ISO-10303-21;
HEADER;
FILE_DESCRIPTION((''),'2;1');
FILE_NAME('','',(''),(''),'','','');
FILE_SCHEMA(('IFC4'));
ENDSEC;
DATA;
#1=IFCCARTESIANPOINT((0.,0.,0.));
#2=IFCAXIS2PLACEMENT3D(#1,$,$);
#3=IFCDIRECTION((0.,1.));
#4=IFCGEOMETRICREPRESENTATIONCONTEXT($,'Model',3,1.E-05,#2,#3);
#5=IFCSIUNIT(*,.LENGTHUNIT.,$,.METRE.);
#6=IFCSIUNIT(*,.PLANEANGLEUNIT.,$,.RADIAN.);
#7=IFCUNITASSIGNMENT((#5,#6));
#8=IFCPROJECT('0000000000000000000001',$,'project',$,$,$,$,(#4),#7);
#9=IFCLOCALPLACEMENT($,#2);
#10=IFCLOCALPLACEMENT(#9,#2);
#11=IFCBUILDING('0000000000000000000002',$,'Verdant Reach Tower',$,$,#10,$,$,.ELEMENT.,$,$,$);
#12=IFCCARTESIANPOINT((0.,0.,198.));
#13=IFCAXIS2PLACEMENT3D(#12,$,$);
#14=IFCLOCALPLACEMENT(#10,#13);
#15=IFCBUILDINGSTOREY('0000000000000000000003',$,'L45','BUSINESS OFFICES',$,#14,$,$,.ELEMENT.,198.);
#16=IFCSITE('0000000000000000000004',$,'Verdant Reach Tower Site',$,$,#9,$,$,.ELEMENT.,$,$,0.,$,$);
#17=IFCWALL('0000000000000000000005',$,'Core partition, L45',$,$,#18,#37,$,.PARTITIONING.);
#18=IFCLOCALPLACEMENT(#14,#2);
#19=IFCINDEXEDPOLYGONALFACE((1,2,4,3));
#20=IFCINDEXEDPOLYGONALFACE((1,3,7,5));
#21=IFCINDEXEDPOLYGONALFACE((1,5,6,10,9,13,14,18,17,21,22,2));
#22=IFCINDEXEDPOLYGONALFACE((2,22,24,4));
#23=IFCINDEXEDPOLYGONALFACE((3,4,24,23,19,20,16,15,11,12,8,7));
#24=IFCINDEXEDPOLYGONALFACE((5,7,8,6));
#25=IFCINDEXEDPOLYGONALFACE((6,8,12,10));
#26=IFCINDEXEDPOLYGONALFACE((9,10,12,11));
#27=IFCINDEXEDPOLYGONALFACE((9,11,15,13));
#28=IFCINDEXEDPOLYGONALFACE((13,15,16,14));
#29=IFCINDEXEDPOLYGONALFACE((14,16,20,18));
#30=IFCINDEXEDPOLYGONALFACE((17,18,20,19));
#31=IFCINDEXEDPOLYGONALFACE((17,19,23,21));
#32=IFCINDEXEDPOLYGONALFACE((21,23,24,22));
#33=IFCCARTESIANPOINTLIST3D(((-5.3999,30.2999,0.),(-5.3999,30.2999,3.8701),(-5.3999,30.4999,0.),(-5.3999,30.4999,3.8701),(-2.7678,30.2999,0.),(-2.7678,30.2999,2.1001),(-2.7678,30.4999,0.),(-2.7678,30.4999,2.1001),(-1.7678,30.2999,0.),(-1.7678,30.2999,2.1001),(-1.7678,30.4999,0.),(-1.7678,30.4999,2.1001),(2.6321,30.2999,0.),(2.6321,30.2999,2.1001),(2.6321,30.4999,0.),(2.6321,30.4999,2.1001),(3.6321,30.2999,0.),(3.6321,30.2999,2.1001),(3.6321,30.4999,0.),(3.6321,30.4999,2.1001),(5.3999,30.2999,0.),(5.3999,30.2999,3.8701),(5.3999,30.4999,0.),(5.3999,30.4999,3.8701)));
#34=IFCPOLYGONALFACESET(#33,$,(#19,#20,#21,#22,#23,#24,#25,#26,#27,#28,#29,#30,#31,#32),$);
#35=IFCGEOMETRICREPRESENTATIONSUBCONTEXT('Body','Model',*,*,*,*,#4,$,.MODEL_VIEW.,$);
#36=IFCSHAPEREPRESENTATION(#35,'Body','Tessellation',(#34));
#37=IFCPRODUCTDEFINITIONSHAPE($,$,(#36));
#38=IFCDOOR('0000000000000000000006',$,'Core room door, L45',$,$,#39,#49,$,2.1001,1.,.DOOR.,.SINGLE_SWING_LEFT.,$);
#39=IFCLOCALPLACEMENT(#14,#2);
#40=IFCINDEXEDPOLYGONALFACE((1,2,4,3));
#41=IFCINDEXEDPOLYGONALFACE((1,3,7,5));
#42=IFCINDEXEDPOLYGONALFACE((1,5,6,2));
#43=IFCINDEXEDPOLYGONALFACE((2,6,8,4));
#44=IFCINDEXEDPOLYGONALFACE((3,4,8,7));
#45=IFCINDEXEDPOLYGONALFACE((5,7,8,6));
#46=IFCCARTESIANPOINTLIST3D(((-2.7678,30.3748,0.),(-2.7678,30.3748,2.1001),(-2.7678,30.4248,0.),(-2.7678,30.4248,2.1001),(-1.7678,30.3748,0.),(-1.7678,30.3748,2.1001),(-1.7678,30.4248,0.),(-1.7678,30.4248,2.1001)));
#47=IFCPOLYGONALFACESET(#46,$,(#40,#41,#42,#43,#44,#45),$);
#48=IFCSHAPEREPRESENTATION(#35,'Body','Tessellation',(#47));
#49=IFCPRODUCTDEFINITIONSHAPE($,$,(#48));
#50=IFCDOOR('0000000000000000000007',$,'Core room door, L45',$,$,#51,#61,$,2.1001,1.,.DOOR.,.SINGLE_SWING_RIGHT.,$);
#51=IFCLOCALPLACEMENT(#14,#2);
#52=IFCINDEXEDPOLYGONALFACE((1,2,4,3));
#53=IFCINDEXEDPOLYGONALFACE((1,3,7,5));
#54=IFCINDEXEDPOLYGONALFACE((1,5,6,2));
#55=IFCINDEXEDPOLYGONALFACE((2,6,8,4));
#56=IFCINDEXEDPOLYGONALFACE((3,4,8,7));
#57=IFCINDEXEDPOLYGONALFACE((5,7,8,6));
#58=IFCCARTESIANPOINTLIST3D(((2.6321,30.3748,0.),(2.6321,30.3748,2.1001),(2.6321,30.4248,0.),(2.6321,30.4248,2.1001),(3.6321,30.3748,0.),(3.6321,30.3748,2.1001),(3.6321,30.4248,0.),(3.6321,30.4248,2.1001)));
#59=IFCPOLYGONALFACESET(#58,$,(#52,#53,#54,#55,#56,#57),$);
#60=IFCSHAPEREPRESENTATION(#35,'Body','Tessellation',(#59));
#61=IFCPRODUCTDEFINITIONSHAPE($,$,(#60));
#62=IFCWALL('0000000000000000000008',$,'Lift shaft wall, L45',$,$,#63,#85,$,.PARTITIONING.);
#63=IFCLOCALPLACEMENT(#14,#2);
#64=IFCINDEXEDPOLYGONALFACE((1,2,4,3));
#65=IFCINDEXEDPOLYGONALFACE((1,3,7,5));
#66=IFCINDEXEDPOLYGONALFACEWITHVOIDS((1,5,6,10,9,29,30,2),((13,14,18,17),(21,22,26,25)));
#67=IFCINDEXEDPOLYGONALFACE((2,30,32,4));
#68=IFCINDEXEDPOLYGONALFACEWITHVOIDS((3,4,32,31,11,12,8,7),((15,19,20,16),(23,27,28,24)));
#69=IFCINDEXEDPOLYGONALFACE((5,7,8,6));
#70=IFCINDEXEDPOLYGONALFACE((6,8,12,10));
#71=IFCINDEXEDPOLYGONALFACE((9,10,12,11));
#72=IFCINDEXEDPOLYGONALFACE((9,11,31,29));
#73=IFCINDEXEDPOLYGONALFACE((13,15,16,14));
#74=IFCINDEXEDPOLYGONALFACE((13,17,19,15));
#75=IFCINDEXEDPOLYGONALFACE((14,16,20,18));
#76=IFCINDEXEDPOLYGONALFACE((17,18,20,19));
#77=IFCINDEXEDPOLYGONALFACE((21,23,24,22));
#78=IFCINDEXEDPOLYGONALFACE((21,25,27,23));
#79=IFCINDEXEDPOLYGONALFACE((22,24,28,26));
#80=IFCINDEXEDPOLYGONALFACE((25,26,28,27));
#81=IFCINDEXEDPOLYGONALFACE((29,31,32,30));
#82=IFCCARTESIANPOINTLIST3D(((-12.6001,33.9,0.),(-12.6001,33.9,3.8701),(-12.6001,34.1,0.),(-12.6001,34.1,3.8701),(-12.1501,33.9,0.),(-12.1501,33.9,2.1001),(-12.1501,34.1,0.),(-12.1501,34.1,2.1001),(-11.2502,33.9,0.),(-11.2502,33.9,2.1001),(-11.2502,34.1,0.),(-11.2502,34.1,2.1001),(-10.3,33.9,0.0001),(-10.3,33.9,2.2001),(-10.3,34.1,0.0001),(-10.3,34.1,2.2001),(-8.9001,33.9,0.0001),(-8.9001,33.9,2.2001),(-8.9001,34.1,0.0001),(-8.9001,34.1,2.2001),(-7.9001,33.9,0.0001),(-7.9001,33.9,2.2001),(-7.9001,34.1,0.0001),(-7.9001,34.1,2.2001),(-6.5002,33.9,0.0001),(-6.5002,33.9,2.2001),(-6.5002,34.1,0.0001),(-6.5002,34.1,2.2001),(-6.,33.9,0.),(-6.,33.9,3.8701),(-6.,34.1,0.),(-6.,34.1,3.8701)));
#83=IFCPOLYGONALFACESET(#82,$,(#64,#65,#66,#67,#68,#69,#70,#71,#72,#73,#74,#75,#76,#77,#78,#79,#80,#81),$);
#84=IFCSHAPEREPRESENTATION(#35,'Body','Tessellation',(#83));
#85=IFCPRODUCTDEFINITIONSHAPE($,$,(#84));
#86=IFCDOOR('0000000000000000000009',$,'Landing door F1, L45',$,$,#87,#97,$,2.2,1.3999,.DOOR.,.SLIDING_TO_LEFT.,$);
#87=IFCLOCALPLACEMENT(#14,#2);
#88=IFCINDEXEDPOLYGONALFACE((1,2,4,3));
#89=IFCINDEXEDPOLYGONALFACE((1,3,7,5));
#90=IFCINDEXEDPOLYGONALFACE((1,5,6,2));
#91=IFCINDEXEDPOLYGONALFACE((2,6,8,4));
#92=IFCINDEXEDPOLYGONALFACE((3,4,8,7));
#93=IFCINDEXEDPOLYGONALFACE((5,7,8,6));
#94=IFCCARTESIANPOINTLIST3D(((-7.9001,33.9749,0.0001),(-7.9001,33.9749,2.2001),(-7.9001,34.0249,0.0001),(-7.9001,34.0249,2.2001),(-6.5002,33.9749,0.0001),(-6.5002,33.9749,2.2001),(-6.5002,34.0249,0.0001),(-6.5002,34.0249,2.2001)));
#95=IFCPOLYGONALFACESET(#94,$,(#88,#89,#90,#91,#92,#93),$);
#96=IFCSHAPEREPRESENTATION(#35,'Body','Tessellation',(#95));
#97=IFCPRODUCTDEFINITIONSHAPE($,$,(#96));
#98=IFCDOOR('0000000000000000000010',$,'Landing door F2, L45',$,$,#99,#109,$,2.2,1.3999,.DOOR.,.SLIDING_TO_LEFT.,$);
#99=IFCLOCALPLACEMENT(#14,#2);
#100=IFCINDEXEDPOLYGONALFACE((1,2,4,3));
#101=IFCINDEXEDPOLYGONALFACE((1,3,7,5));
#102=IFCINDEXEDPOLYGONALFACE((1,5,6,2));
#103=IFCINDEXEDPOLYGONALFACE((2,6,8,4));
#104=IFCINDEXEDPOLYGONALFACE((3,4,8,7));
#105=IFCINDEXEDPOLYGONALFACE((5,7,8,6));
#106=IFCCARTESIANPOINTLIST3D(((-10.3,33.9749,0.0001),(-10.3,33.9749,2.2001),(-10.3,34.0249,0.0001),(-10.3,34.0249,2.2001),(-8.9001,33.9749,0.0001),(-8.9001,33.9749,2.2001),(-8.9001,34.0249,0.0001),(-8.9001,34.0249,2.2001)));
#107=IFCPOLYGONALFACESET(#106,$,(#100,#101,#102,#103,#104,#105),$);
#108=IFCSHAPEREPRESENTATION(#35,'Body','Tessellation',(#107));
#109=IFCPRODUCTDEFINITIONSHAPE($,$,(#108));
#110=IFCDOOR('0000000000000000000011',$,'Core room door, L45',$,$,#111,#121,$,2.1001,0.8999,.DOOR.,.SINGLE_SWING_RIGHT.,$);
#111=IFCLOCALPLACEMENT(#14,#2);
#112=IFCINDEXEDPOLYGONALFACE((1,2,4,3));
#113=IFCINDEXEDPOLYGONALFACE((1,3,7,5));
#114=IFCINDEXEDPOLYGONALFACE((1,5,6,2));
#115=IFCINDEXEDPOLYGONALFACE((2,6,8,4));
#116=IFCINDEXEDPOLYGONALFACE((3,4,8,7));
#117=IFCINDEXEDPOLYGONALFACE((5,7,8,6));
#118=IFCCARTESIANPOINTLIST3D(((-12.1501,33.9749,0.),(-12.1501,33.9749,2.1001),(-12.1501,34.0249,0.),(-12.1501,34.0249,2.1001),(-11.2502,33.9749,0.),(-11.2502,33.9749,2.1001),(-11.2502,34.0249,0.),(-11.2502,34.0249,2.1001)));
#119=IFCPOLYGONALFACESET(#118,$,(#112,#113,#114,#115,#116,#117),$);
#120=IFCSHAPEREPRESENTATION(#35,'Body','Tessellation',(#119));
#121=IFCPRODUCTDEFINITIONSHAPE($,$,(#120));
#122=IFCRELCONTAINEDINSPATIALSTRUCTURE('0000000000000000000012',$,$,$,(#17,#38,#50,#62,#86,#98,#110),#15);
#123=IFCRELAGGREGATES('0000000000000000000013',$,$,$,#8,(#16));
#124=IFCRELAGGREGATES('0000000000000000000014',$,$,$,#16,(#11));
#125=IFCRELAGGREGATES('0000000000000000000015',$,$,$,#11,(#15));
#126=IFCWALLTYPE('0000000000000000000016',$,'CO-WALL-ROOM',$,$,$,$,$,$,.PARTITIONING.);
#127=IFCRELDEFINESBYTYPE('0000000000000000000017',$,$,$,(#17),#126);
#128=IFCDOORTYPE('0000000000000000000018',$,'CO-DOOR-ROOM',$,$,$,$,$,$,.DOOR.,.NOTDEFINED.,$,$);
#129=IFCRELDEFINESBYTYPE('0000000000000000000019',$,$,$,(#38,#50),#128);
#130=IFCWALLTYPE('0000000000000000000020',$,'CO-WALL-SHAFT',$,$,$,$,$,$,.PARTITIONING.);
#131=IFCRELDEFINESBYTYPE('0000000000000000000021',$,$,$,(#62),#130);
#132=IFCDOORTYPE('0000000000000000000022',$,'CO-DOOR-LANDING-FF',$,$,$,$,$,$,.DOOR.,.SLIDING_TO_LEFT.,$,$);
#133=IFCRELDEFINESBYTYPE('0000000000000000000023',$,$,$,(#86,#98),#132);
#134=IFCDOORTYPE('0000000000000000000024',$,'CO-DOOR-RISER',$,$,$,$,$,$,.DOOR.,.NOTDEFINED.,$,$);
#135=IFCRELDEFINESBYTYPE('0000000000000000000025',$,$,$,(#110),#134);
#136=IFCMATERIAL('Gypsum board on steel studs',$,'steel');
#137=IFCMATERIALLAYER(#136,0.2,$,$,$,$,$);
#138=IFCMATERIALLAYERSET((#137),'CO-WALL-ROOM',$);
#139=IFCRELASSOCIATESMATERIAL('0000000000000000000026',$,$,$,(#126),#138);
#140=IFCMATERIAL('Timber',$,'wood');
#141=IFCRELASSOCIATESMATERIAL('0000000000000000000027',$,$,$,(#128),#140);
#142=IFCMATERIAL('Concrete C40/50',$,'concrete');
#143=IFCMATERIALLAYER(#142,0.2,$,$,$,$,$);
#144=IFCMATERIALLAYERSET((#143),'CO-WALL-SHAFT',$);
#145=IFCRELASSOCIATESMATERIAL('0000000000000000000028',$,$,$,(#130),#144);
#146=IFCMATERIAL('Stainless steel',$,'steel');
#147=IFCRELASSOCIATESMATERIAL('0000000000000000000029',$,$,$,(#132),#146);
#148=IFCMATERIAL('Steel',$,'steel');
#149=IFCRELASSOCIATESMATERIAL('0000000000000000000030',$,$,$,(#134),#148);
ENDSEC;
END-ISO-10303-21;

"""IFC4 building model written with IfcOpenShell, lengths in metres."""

from ifc_helpers import new_model, si_unit, direction, frame, frame_2d, origin, place, context, subcontext, project, spatial, rectangle, extrude, material, layer, layer_set, type_object, element, fill, save


model = new_model("IFC4")

# Units and contexts
model_context = context("Model", 3, precision=1e-05, world=origin(), true_north=direction((0.0, 1.0)))
body_context = subcontext(model_context, "Body", "Model", "MODEL_VIEW")
ifc_project = project(units=[si_unit("LENGTHUNIT", "METRE"), si_unit("PLANEANGLEUNIT", "RADIAN")], contexts=[model_context])

# Site, building, storey
site_placement = place(None, origin())
site = spatial("IfcSite", under=ifc_project, at=site_placement, Name="Verdant Reach Tower Site", CompositionType="ELEMENT", RefElevation=0.0)
building_placement = place(site_placement, origin())
building = spatial("IfcBuilding", under=site, at=building_placement, Name="Verdant Reach Tower", CompositionType="ELEMENT")
storey_placement = place(building_placement, frame((0.0, 0.0, 198.0)))
storey = spatial("IfcBuildingStorey", under=building, at=storey_placement, Name="L45", Description="BUSINESS OFFICES", CompositionType="ELEMENT", Elevation=198.0)

# Walls, openings, doors
ifc_material_1 = material(Name="Gypsum board on steel studs", Category="steel")
ifc_layer_1 = layer(ifc_material_1, 0.2)
ifc_layer_set_1 = layer_set([ifc_layer_1], Name="CO-WALL-ROOM")
wall_type_1 = type_object("IfcWallType", Name="CO-WALL-ROOM", PredefinedType="PARTITIONING", material=ifc_layer_set_1)
wall_1_placement = place(storey_placement, frame((-5.3999, 30.3999, 0.0), z_axis=(0.0, 0.0, 1.0), x_axis=(1.0, 0.0, 0.0)))
wall_1 = element("IfcWall", 1, at=wall_1_placement, inside=storey, type_object=wall_type_1, Name="Core partition, L45", PredefinedType="PARTITIONING", context=body_context, shape_type="SweptSolid", body=[
    extrude(rectangle(XDim=10.7998, YDim=0.2, at=frame_2d((5.3999, 0.0))), origin(), (0.0, 0.0, 1.0), 3.8701),
])
opening_1_placement = place(wall_1_placement, frame((2.6321, 0.0, 0.0)))
opening_1 = element("IfcOpeningElement", 2, at=opening_1_placement, cuts=wall_1, PredefinedType="OPENING", context=body_context, shape_type="SweptSolid", body=[
    extrude(rectangle(XDim=1.0, YDim=2.1001, at=frame_2d((0.5, 1.05))), frame((0.0, 0.1099, 0.0), z_axis=(0.0, -1.0, 0.0), x_axis=(1.0, 0.0, 0.0)), (0.0, 0.0, 1.0), 0.22),
])
opening_2_placement = place(wall_1_placement, frame((8.032, 0.0, 0.0)))
opening_2 = element("IfcOpeningElement", 3, at=opening_2_placement, cuts=wall_1, PredefinedType="OPENING", context=body_context, shape_type="SweptSolid", body=[
    extrude(rectangle(XDim=1.0, YDim=2.1001, at=frame_2d((0.5, 1.05))), frame((0.0, 0.1099, 0.0), z_axis=(0.0, -1.0, 0.0), x_axis=(1.0, 0.0, 0.0)), (0.0, 0.0, 1.0), 0.22),
])
ifc_material_2 = material(Name="Timber", Category="wood")
door_type_1 = type_object("IfcDoorType", Name="CO-DOOR-ROOM", OperationType="NOTDEFINED", PredefinedType="DOOR", material=ifc_material_2)
door_1_placement = place(opening_1_placement, origin())
door_1 = element("IfcDoor", 4, at=door_1_placement, inside=storey, type_object=door_type_1, Name="Core room door, L45", OperationType="SINGLE_SWING_LEFT", OverallHeight=2.1001, OverallWidth=1.0, PredefinedType="DOOR", context=body_context, shape_type="SweptSolid", body=[
    extrude(rectangle(XDim=1.0, YDim=2.1001, at=frame_2d((0.5, 1.05))), frame((0.0, 0.0249, 0.0), z_axis=(0.0, -1.0, 0.0), x_axis=(1.0, 0.0, 0.0)), (0.0, 0.0, 1.0), 0.05),
])
fill(opening_1, door_1)
door_2_placement = place(opening_2_placement, origin())
door_2 = element("IfcDoor", 5, at=door_2_placement, inside=storey, type_object=door_type_1, Name="Core room door, L45", OperationType="SINGLE_SWING_RIGHT", OverallHeight=2.1001, OverallWidth=1.0, PredefinedType="DOOR", context=body_context, shape_type="SweptSolid", body=[
    extrude(rectangle(XDim=1.0, YDim=2.1001, at=frame_2d((0.5, 1.05))), frame((0.0, 0.0249, 0.0), z_axis=(0.0, -1.0, 0.0), x_axis=(1.0, 0.0, 0.0)), (0.0, 0.0, 1.0), 0.05),
])
fill(opening_2, door_2)
ifc_material_3 = material(Name="Concrete C40/50", Category="concrete")
ifc_layer_2 = layer(ifc_material_3, 0.2)
ifc_layer_set_2 = layer_set([ifc_layer_2], Name="CO-WALL-SHAFT")
wall_type_2 = type_object("IfcWallType", Name="CO-WALL-SHAFT", PredefinedType="PARTITIONING", material=ifc_layer_set_2)
wall_2_placement = place(storey_placement, frame((-12.6001, 34.0, 0.0), z_axis=(0.0, 0.0, 1.0), x_axis=(1.0, 0.0, 0.0)))
wall_2 = element("IfcWall", 6, at=wall_2_placement, inside=storey, type_object=wall_type_2, Name="Lift shaft wall, L45", PredefinedType="PARTITIONING", context=body_context, shape_type="SweptSolid", body=[
    extrude(rectangle(XDim=6.6001, YDim=0.2, at=frame_2d((3.3, 0.0))), origin(), (0.0, 0.0, 1.0), 3.8701),
])
opening_3_placement = place(wall_2_placement, frame((4.7, 0.0, 0.0)))
opening_3 = element("IfcOpeningElement", 7, at=opening_3_placement, cuts=wall_2, PredefinedType="OPENING", context=body_context, shape_type="SweptSolid", body=[
    extrude(rectangle(XDim=1.3999, YDim=2.2, at=frame_2d((0.7, 1.1001))), frame((0.0, 0.1099, 0.0), z_axis=(0.0, -1.0, 0.0), x_axis=(1.0, 0.0, 0.0)), (0.0, 0.0, 1.0), 0.22),
])
opening_4_placement = place(wall_2_placement, frame((2.3, 0.0, 0.0)))
opening_4 = element("IfcOpeningElement", 8, at=opening_4_placement, cuts=wall_2, PredefinedType="OPENING", context=body_context, shape_type="SweptSolid", body=[
    extrude(rectangle(XDim=1.3999, YDim=2.2, at=frame_2d((0.7, 1.1001))), frame((0.0, 0.1099, 0.0), z_axis=(0.0, -1.0, 0.0), x_axis=(1.0, 0.0, 0.0)), (0.0, 0.0, 1.0), 0.22),
])
opening_5_placement = place(wall_2_placement, frame((0.45, 0.0, 0.0)))
opening_5 = element("IfcOpeningElement", 9, at=opening_5_placement, cuts=wall_2, PredefinedType="OPENING", context=body_context, shape_type="SweptSolid", body=[
    extrude(rectangle(XDim=0.8999, YDim=2.1001, at=frame_2d((0.45, 1.05))), frame((0.0, 0.1099, 0.0), z_axis=(0.0, -1.0, 0.0), x_axis=(1.0, 0.0, 0.0)), (0.0, 0.0, 1.0), 0.22),
])
ifc_material_4 = material(Name="Stainless steel", Category="steel")
door_type_2 = type_object("IfcDoorType", Name="CO-DOOR-LANDING-FF", OperationType="SLIDING_TO_LEFT", PredefinedType="DOOR", material=ifc_material_4)
door_3_placement = place(opening_3_placement, origin())
door_3 = element("IfcDoor", 10, at=door_3_placement, inside=storey, type_object=door_type_2, Name="Landing door F1, L45", OperationType="SLIDING_TO_LEFT", OverallHeight=2.2, OverallWidth=1.3999, PredefinedType="DOOR", context=body_context, shape_type="SweptSolid", body=[
    extrude(rectangle(XDim=1.3999, YDim=2.2, at=frame_2d((0.7, 1.1001))), frame((0.0, 0.0249, 0.0), z_axis=(0.0, -1.0, 0.0), x_axis=(1.0, 0.0, 0.0)), (0.0, 0.0, 1.0), 0.05),
])
fill(opening_3, door_3)
door_4_placement = place(opening_4_placement, origin())
door_4 = element("IfcDoor", 11, at=door_4_placement, inside=storey, type_object=door_type_2, Name="Landing door F2, L45", OperationType="SLIDING_TO_LEFT", OverallHeight=2.2, OverallWidth=1.3999, PredefinedType="DOOR", context=body_context, shape_type="SweptSolid", body=[
    extrude(rectangle(XDim=1.3999, YDim=2.2, at=frame_2d((0.7, 1.1001))), frame((0.0, 0.0249, 0.0), z_axis=(0.0, -1.0, 0.0), x_axis=(1.0, 0.0, 0.0)), (0.0, 0.0, 1.0), 0.05),
])
fill(opening_4, door_4)
ifc_material_5 = material(Name="Steel", Category="steel")
door_type_3 = type_object("IfcDoorType", Name="CO-DOOR-RISER", OperationType="NOTDEFINED", PredefinedType="DOOR", material=ifc_material_5)
door_5_placement = place(opening_5_placement, origin())
door_5 = element("IfcDoor", 12, at=door_5_placement, inside=storey, type_object=door_type_3, Name="Core room door, L45", OperationType="SINGLE_SWING_RIGHT", OverallHeight=2.1001, OverallWidth=0.8999, PredefinedType="DOOR", context=body_context, shape_type="SweptSolid", body=[
    extrude(rectangle(XDim=0.8999, YDim=2.1001, at=frame_2d((0.45, 1.05))), frame((0.0, 0.0249, 0.0), z_axis=(0.0, -1.0, 0.0), x_axis=(1.0, 0.0, 0.0)), (0.0, 0.0, 1.0), 0.05),
])
fill(opening_5, door_5)

save(model, "model.ifc")
